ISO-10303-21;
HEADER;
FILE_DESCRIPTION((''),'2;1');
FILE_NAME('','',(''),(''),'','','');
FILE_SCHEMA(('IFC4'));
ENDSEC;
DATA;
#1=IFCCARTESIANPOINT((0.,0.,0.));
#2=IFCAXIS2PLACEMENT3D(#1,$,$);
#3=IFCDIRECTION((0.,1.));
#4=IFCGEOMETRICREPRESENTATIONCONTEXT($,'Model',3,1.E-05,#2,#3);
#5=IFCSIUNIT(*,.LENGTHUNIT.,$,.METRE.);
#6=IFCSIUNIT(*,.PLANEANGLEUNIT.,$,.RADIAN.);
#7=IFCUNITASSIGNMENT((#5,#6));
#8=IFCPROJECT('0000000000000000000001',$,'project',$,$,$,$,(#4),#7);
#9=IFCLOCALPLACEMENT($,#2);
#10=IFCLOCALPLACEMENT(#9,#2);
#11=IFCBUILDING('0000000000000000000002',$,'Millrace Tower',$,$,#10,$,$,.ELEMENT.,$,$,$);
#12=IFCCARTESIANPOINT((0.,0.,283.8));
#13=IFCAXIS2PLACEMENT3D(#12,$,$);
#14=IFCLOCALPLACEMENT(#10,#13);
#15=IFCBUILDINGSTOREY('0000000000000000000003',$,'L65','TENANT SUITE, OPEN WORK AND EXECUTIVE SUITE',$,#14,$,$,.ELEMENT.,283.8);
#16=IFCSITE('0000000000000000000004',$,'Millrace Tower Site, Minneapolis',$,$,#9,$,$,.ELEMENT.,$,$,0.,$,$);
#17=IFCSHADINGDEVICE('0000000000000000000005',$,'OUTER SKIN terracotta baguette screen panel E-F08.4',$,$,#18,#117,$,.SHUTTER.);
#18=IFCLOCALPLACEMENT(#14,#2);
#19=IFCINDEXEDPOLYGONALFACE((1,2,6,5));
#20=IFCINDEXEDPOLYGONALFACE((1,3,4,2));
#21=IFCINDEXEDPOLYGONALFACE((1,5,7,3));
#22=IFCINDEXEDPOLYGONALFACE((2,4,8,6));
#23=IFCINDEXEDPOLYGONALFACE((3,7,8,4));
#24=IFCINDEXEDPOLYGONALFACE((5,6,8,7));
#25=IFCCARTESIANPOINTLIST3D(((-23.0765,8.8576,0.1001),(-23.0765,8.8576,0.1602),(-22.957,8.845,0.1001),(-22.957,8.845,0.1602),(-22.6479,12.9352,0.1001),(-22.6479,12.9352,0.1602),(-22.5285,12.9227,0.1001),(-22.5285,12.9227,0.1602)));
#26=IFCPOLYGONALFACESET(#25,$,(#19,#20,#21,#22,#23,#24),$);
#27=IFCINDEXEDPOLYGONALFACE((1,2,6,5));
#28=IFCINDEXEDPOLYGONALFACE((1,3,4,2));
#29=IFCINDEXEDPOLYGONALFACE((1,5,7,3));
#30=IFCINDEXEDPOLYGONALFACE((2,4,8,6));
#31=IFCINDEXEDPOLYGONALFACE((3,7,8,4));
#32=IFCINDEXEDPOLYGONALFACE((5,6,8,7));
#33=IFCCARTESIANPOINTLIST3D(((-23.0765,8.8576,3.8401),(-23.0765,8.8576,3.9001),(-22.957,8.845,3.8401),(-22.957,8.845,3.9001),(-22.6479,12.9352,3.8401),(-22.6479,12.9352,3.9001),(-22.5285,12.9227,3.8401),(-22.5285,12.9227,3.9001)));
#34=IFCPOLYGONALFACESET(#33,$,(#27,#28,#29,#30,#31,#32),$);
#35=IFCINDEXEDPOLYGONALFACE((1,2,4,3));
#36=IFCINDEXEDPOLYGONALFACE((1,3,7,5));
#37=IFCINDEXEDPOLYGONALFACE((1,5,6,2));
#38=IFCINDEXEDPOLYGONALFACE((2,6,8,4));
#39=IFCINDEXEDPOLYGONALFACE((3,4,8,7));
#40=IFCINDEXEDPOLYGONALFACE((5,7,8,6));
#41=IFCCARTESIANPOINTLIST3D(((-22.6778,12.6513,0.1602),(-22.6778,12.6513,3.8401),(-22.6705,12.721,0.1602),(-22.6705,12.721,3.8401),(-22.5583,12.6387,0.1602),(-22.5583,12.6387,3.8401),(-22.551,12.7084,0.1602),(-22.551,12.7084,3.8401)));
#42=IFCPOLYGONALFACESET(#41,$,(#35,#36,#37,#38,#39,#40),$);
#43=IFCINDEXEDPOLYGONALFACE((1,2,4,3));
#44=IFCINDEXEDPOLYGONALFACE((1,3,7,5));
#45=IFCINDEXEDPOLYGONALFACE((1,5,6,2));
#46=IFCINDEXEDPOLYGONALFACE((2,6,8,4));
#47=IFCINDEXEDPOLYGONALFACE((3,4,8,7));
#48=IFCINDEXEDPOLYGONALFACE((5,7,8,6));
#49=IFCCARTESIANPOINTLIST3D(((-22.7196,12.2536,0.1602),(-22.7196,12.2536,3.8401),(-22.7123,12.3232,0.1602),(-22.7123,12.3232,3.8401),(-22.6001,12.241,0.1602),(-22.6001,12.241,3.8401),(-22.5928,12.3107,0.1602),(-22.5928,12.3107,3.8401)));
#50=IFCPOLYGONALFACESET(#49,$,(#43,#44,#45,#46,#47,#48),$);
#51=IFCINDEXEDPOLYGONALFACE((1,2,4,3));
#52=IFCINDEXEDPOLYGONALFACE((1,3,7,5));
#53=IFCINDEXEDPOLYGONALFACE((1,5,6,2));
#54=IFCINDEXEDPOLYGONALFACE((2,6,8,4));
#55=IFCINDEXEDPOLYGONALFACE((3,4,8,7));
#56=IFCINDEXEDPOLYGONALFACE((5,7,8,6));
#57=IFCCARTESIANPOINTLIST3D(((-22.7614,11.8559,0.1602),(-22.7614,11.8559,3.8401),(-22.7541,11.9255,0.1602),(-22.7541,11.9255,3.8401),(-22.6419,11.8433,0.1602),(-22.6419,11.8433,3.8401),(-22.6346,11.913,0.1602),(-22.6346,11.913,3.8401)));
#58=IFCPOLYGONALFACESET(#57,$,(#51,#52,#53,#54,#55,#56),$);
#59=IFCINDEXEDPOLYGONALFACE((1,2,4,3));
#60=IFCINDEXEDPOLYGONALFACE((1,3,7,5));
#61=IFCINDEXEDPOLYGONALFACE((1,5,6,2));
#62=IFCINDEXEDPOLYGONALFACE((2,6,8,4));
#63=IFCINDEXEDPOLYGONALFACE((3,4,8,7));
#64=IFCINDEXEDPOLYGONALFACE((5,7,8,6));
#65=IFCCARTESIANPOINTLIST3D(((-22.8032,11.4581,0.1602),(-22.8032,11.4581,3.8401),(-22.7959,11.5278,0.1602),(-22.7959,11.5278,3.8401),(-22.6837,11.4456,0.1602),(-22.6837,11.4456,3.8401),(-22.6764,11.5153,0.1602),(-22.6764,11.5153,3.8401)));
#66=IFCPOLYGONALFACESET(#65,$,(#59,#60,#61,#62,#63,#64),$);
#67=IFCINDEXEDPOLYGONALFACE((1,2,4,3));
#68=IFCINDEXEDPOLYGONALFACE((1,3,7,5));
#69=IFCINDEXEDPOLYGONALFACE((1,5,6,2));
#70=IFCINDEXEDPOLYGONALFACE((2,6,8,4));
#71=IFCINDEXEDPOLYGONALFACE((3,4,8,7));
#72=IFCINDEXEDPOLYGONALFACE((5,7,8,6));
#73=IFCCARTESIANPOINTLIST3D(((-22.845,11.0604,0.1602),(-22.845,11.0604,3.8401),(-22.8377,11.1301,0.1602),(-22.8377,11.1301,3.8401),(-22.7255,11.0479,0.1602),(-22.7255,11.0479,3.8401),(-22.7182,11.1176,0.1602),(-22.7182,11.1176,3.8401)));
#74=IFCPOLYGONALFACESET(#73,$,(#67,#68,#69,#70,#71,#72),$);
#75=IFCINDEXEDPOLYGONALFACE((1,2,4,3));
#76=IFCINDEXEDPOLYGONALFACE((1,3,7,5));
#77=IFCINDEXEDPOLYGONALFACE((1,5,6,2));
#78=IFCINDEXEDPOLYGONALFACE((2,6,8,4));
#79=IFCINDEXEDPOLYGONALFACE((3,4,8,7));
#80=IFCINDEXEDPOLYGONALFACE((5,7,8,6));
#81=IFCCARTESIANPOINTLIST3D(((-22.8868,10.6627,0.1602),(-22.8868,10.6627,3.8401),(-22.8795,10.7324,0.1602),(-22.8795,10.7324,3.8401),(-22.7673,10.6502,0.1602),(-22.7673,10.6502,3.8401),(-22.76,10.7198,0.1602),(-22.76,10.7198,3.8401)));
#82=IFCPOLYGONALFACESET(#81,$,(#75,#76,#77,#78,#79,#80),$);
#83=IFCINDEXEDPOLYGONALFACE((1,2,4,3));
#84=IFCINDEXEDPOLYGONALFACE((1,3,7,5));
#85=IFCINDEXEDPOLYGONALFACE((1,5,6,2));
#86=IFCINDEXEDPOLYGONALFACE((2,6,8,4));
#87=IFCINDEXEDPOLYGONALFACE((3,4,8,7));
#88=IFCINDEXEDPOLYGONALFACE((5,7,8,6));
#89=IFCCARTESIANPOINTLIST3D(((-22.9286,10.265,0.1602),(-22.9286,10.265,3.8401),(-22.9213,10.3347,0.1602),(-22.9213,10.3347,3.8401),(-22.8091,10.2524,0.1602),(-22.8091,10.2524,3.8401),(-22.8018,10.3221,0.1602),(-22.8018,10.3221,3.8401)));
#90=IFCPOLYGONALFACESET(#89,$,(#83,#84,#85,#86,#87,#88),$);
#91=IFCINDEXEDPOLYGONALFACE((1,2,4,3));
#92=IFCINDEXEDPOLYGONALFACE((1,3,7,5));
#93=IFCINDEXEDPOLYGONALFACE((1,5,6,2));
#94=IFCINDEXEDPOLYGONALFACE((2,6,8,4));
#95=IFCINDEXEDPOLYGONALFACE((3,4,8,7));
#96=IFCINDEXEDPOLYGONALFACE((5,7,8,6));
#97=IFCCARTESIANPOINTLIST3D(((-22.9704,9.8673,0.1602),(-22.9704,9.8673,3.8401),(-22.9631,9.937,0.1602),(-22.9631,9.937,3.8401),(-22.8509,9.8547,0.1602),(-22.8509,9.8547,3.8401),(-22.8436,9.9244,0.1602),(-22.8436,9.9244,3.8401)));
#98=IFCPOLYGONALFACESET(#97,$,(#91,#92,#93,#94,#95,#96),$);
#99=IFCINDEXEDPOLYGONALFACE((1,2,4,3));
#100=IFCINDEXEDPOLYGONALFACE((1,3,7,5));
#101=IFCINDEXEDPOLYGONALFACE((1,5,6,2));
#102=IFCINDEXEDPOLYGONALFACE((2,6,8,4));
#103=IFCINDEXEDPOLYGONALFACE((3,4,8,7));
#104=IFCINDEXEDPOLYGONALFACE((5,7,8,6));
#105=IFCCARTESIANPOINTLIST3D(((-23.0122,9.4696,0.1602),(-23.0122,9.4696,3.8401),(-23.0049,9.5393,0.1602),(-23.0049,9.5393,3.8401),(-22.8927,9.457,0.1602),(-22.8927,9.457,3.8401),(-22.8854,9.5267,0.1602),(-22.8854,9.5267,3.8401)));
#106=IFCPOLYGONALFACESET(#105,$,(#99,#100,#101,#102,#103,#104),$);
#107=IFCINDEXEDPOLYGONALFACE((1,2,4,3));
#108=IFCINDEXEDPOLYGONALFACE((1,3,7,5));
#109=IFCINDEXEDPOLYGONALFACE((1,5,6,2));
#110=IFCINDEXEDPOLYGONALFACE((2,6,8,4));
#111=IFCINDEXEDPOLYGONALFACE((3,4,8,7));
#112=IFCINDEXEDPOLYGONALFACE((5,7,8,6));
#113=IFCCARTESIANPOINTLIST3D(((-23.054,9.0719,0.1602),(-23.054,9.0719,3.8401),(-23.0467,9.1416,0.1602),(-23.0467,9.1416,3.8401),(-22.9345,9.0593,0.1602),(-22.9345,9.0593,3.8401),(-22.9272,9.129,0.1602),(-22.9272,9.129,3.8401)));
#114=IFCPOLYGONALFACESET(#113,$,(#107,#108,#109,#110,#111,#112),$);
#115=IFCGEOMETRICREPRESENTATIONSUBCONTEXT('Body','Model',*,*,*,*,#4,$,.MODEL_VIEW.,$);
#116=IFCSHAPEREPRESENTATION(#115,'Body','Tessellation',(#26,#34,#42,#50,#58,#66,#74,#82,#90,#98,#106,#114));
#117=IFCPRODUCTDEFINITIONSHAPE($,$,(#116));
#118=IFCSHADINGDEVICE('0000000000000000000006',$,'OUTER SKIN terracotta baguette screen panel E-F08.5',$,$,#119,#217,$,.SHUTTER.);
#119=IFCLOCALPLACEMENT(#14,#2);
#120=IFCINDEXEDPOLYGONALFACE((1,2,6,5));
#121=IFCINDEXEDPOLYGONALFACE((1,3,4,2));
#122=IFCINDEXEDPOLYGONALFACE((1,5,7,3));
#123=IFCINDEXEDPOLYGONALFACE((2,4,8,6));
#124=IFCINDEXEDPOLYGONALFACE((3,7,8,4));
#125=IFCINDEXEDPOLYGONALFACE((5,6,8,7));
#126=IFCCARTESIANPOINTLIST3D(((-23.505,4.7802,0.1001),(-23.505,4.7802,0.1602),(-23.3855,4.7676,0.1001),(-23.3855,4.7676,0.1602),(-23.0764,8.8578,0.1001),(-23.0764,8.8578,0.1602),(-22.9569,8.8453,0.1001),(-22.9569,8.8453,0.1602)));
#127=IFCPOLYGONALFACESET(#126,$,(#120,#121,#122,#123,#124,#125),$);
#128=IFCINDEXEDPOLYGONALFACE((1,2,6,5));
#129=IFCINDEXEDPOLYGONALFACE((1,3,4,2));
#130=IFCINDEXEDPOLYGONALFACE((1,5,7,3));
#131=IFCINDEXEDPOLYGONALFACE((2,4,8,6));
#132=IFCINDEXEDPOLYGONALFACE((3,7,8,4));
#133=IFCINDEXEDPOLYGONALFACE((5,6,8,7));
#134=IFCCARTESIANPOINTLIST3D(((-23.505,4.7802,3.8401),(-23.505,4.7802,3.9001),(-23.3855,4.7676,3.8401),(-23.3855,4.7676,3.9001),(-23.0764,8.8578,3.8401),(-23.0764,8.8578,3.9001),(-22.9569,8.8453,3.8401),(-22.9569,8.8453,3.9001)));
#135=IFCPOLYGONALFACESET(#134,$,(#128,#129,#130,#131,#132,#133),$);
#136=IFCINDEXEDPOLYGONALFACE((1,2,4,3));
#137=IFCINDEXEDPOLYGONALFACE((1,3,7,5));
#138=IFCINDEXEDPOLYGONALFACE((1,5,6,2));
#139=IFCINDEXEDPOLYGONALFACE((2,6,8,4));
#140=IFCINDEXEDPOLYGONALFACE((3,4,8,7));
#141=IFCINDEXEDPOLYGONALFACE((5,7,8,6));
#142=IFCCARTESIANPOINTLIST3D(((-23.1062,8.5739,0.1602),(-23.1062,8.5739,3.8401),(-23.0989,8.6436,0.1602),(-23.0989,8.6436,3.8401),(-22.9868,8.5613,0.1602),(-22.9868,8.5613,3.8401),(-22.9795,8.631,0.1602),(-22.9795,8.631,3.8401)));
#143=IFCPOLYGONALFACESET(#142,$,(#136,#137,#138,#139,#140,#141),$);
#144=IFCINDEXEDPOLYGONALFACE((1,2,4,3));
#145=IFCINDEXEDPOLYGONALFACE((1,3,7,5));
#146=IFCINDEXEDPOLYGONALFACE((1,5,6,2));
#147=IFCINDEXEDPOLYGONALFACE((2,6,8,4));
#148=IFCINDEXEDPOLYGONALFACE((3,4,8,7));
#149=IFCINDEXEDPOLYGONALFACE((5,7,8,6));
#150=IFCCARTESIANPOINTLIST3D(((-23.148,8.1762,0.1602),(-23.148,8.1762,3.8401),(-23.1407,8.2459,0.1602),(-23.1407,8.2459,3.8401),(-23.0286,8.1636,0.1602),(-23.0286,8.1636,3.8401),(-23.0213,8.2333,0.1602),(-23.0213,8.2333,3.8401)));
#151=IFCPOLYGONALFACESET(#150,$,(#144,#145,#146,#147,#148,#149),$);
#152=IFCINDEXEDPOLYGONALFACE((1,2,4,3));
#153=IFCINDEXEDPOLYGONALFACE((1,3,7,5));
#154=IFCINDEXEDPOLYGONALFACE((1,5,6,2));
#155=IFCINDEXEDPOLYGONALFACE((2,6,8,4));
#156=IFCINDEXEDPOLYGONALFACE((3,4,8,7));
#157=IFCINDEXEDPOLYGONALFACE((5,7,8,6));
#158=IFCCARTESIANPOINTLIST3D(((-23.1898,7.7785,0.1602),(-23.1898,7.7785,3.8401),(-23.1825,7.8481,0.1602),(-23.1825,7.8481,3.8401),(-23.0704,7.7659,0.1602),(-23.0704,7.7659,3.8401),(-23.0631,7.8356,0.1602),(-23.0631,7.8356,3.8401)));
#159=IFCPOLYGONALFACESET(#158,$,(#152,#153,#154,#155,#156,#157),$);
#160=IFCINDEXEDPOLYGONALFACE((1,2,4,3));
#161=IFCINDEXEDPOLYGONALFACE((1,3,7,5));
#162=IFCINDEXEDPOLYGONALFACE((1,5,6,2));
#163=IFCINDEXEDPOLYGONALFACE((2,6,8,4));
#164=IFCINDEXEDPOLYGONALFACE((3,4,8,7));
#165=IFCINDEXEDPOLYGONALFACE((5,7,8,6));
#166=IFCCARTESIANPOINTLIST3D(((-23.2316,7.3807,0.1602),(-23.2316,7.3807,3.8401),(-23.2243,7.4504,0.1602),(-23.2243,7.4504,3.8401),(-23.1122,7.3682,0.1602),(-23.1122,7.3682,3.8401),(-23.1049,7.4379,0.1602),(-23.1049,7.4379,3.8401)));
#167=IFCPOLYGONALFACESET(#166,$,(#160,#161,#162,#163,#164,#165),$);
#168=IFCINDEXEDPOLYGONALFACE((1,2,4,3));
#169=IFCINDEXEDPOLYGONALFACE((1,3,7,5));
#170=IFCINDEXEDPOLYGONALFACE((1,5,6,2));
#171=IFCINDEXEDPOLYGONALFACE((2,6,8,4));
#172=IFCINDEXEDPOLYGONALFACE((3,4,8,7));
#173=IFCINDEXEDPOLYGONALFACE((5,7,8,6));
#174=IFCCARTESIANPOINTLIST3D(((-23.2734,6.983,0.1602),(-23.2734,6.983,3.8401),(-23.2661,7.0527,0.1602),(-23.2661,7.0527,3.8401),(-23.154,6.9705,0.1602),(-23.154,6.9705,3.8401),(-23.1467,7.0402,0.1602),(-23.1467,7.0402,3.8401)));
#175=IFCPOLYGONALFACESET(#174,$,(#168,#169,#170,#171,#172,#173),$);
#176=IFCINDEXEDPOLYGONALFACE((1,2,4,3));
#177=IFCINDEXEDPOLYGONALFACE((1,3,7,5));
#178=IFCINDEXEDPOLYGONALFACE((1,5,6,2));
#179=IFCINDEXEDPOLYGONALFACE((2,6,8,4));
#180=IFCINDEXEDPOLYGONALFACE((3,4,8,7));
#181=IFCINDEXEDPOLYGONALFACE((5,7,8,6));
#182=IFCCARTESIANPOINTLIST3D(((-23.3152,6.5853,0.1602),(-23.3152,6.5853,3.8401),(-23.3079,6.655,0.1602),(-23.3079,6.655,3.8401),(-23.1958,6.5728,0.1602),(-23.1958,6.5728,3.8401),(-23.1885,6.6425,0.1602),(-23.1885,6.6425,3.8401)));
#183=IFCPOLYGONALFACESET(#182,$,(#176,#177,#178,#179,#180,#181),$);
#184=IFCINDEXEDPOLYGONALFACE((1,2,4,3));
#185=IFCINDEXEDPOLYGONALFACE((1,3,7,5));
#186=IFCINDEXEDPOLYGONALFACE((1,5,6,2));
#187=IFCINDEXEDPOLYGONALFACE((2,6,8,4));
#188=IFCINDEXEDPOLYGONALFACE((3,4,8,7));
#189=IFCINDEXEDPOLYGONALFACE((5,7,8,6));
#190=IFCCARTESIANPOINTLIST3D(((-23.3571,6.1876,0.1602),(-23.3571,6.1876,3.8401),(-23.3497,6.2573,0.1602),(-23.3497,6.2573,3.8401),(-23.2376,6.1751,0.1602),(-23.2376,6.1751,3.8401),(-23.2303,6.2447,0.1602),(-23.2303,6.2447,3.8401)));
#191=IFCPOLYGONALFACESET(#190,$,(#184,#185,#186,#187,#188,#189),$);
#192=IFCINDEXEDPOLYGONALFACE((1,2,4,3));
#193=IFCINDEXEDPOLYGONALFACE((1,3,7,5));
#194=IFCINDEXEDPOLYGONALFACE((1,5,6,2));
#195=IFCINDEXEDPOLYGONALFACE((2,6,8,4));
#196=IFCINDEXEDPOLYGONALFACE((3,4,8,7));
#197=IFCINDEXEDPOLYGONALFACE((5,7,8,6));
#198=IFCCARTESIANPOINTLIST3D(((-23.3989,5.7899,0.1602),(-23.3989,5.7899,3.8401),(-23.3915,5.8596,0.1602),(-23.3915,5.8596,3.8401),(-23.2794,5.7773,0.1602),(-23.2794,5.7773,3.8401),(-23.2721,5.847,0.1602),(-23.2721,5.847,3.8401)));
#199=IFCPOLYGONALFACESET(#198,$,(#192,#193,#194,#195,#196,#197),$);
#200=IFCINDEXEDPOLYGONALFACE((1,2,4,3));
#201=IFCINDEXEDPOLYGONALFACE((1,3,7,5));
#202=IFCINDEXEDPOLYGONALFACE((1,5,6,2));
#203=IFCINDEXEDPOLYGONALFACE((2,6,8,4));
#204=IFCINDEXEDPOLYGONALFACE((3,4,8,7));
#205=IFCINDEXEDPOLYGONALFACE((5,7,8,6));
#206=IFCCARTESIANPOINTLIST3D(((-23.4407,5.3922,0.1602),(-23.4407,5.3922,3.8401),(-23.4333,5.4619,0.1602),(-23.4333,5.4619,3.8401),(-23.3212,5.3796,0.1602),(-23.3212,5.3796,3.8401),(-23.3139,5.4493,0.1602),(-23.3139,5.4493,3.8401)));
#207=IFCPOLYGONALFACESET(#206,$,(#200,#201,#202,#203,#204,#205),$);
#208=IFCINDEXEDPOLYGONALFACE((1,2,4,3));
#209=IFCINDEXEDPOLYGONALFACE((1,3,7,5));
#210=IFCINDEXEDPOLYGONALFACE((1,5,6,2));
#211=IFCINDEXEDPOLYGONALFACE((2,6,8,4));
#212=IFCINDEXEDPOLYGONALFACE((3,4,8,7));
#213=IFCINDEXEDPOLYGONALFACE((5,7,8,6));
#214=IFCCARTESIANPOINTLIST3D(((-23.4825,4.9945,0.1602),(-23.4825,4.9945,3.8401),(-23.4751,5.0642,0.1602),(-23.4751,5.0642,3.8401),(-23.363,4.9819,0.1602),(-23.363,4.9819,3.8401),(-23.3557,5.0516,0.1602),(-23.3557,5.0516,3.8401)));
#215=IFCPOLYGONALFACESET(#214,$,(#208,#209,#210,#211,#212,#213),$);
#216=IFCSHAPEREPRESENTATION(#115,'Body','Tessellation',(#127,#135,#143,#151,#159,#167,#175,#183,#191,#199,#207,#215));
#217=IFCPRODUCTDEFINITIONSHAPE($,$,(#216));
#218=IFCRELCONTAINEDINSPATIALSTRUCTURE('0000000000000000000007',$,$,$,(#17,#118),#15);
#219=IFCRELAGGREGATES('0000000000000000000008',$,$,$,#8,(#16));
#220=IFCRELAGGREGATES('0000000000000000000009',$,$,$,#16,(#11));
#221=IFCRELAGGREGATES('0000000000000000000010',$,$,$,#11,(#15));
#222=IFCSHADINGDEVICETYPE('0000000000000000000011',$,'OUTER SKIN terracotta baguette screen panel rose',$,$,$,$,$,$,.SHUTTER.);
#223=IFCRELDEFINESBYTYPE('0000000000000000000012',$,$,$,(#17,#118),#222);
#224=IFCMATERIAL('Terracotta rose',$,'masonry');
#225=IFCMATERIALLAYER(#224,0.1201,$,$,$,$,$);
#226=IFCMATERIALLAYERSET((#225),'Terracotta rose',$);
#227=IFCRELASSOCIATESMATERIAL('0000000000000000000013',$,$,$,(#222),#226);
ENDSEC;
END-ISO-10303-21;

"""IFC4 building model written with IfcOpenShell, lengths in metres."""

from ifc_helpers import new_model, entity, si_unit, direction, frame, frame_2d, origin, place, context, subcontext, project, spatial, rectangle, extrude, source, transform, mapped, material, layer, layer_set, type_object, element, save


model = new_model("IFC4")

# Units and contexts
model_context = context("Model", 3, precision=1e-05, world=origin(), true_north=direction((0.0, 1.0)))
body_context = subcontext(model_context, "Body", "Model", "MODEL_VIEW")
ifc_project = project(units=[si_unit("LENGTHUNIT", "METRE"), si_unit("PLANEANGLEUNIT", "RADIAN")], contexts=[model_context])

# Site, building, storey
site_placement = place(None, origin())
site = spatial("IfcSite", under=ifc_project, at=site_placement, Name="Millrace Tower Site, Minneapolis", CompositionType="ELEMENT", RefElevation=0.0)
building_placement = place(site_placement, origin())
building = spatial("IfcBuilding", under=site, at=building_placement, Name="Millrace Tower", CompositionType="ELEMENT")
storey_placement = place(building_placement, frame((0.0, 0.0, 283.8)))
storey = spatial("IfcBuildingStorey", under=building, at=storey_placement, Name="L65", Description="TENANT SUITE, OPEN WORK AND EXECUTIVE SUITE", CompositionType="ELEMENT", Elevation=283.8)

# Shading devices
ifc_material_1 = material(Name="Terracotta rose", Category="masonry")
ifc_layer_1 = layer(ifc_material_1, 0.1201)
ifc_layer_set_1 = layer_set([ifc_layer_1], Name="Terracotta rose")
shading_device_type = type_object("IfcShadingDeviceType", Name="OUTER SKIN terracotta baguette screen panel rose", PredefinedType="SHUTTER", material=ifc_layer_set_1)
cartesian_point = entity("IfcCartesianPoint", [-2.05, 0.0601])
shared_polyline = entity("IfcPolyline", [cartesian_point, entity("IfcCartesianPoint", [2.05, 0.0601]), entity("IfcCartesianPoint", [2.05, -0.0601]), entity("IfcCartesianPoint", [-2.05, -0.0601]), cartesian_point])
shared_shape = source(origin(), body_context, "Body", "SweptSolid", [
    entity("IfcExtrudedAreaSolid", entity("IfcArbitraryClosedProfileDef", "AREA", None, shared_polyline), entity("IfcAxis2Placement3D", entity("IfcCartesianPoint", [0.0, 0.0, 0.0])), entity("IfcDirection", [0.0, 0.0, 1.0]), 0.0601),
    entity("IfcExtrudedAreaSolid", entity("IfcArbitraryClosedProfileDef", "AREA", None, shared_polyline), entity("IfcAxis2Placement3D", entity("IfcCartesianPoint", [0.0, 0.0, 3.74])), entity("IfcDirection", [0.0, 0.0, 1.0]), 0.0601),
    extrude(rectangle(XDim=0.0701, YDim=0.1201, at=frame_2d((-1.7996, 0.0))), frame((0.0, 0.0, 0.0601)), (0.0, 0.0, 1.0), 3.6799),
    extrude(rectangle(XDim=0.0701, YDim=0.1201, at=frame_2d((-1.3997, 0.0))), frame((0.0, 0.0, 0.0601)), (0.0, 0.0, 1.0), 3.6799),
    extrude(rectangle(XDim=0.0701, YDim=0.1201, at=frame_2d((-0.9998, 0.0))), frame((0.0, 0.0, 0.0601)), (0.0, 0.0, 1.0), 3.6799),
    extrude(rectangle(XDim=0.0701, YDim=0.1201, at=frame_2d((-0.5999, 0.0))), frame((0.0, 0.0, 0.0601)), (0.0, 0.0, 1.0), 3.6799),
    extrude(rectangle(XDim=0.0701, YDim=0.1201, at=frame_2d((-0.2, 0.0))), frame((0.0, 0.0, 0.0601)), (0.0, 0.0, 1.0), 3.6799),
    extrude(rectangle(XDim=0.0701, YDim=0.1201, at=frame_2d((0.2, 0.0))), frame((0.0, 0.0, 0.0601)), (0.0, 0.0, 1.0), 3.6799),
    extrude(rectangle(XDim=0.0701, YDim=0.1201, at=frame_2d((0.5999, 0.0))), frame((0.0, 0.0, 0.0601)), (0.0, 0.0, 1.0), 3.6799),
    extrude(rectangle(XDim=0.0701, YDim=0.1201, at=frame_2d((0.9998, 0.0))), frame((0.0, 0.0, 0.0601)), (0.0, 0.0, 1.0), 3.6799),
    extrude(rectangle(XDim=0.0701, YDim=0.1201, at=frame_2d((1.3997, 0.0))), frame((0.0, 0.0, 0.0601)), (0.0, 0.0, 1.0), 3.6799),
    extrude(rectangle(XDim=0.0701, YDim=0.1201, at=frame_2d((1.7996, 0.0))), frame((0.0, 0.0, 0.0601)), (0.0, 0.0, 1.0), 3.6799),
])
for number, where, z_axis, x_axis, name in (
    (1, (-22.8025, 10.8901, 0.1001), (0.0, 0.0, 1.0), (-0.104528, -0.994522, 0.0), "OUTER SKIN terracotta baguette screen panel E-F08.4"),
    (2, (-23.231, 6.8127, 0.1001), (0.0, 0.0, 1.0), (-0.104528, -0.994522, 0.0), "OUTER SKIN terracotta baguette screen panel E-F08.5"),
):
    element("IfcShadingDevice", number, at=place(storey_placement, frame(where, z_axis=z_axis, x_axis=x_axis)), inside=storey, type_object=shading_device_type, Name=name, PredefinedType="SHUTTER", context=body_context, shape_type="MappedRepresentation", body=[
        mapped(shared_shape, transform((0.0, 0.0, 0.0), scale=1.0)),
    ])

save(model, "model.ifc")
